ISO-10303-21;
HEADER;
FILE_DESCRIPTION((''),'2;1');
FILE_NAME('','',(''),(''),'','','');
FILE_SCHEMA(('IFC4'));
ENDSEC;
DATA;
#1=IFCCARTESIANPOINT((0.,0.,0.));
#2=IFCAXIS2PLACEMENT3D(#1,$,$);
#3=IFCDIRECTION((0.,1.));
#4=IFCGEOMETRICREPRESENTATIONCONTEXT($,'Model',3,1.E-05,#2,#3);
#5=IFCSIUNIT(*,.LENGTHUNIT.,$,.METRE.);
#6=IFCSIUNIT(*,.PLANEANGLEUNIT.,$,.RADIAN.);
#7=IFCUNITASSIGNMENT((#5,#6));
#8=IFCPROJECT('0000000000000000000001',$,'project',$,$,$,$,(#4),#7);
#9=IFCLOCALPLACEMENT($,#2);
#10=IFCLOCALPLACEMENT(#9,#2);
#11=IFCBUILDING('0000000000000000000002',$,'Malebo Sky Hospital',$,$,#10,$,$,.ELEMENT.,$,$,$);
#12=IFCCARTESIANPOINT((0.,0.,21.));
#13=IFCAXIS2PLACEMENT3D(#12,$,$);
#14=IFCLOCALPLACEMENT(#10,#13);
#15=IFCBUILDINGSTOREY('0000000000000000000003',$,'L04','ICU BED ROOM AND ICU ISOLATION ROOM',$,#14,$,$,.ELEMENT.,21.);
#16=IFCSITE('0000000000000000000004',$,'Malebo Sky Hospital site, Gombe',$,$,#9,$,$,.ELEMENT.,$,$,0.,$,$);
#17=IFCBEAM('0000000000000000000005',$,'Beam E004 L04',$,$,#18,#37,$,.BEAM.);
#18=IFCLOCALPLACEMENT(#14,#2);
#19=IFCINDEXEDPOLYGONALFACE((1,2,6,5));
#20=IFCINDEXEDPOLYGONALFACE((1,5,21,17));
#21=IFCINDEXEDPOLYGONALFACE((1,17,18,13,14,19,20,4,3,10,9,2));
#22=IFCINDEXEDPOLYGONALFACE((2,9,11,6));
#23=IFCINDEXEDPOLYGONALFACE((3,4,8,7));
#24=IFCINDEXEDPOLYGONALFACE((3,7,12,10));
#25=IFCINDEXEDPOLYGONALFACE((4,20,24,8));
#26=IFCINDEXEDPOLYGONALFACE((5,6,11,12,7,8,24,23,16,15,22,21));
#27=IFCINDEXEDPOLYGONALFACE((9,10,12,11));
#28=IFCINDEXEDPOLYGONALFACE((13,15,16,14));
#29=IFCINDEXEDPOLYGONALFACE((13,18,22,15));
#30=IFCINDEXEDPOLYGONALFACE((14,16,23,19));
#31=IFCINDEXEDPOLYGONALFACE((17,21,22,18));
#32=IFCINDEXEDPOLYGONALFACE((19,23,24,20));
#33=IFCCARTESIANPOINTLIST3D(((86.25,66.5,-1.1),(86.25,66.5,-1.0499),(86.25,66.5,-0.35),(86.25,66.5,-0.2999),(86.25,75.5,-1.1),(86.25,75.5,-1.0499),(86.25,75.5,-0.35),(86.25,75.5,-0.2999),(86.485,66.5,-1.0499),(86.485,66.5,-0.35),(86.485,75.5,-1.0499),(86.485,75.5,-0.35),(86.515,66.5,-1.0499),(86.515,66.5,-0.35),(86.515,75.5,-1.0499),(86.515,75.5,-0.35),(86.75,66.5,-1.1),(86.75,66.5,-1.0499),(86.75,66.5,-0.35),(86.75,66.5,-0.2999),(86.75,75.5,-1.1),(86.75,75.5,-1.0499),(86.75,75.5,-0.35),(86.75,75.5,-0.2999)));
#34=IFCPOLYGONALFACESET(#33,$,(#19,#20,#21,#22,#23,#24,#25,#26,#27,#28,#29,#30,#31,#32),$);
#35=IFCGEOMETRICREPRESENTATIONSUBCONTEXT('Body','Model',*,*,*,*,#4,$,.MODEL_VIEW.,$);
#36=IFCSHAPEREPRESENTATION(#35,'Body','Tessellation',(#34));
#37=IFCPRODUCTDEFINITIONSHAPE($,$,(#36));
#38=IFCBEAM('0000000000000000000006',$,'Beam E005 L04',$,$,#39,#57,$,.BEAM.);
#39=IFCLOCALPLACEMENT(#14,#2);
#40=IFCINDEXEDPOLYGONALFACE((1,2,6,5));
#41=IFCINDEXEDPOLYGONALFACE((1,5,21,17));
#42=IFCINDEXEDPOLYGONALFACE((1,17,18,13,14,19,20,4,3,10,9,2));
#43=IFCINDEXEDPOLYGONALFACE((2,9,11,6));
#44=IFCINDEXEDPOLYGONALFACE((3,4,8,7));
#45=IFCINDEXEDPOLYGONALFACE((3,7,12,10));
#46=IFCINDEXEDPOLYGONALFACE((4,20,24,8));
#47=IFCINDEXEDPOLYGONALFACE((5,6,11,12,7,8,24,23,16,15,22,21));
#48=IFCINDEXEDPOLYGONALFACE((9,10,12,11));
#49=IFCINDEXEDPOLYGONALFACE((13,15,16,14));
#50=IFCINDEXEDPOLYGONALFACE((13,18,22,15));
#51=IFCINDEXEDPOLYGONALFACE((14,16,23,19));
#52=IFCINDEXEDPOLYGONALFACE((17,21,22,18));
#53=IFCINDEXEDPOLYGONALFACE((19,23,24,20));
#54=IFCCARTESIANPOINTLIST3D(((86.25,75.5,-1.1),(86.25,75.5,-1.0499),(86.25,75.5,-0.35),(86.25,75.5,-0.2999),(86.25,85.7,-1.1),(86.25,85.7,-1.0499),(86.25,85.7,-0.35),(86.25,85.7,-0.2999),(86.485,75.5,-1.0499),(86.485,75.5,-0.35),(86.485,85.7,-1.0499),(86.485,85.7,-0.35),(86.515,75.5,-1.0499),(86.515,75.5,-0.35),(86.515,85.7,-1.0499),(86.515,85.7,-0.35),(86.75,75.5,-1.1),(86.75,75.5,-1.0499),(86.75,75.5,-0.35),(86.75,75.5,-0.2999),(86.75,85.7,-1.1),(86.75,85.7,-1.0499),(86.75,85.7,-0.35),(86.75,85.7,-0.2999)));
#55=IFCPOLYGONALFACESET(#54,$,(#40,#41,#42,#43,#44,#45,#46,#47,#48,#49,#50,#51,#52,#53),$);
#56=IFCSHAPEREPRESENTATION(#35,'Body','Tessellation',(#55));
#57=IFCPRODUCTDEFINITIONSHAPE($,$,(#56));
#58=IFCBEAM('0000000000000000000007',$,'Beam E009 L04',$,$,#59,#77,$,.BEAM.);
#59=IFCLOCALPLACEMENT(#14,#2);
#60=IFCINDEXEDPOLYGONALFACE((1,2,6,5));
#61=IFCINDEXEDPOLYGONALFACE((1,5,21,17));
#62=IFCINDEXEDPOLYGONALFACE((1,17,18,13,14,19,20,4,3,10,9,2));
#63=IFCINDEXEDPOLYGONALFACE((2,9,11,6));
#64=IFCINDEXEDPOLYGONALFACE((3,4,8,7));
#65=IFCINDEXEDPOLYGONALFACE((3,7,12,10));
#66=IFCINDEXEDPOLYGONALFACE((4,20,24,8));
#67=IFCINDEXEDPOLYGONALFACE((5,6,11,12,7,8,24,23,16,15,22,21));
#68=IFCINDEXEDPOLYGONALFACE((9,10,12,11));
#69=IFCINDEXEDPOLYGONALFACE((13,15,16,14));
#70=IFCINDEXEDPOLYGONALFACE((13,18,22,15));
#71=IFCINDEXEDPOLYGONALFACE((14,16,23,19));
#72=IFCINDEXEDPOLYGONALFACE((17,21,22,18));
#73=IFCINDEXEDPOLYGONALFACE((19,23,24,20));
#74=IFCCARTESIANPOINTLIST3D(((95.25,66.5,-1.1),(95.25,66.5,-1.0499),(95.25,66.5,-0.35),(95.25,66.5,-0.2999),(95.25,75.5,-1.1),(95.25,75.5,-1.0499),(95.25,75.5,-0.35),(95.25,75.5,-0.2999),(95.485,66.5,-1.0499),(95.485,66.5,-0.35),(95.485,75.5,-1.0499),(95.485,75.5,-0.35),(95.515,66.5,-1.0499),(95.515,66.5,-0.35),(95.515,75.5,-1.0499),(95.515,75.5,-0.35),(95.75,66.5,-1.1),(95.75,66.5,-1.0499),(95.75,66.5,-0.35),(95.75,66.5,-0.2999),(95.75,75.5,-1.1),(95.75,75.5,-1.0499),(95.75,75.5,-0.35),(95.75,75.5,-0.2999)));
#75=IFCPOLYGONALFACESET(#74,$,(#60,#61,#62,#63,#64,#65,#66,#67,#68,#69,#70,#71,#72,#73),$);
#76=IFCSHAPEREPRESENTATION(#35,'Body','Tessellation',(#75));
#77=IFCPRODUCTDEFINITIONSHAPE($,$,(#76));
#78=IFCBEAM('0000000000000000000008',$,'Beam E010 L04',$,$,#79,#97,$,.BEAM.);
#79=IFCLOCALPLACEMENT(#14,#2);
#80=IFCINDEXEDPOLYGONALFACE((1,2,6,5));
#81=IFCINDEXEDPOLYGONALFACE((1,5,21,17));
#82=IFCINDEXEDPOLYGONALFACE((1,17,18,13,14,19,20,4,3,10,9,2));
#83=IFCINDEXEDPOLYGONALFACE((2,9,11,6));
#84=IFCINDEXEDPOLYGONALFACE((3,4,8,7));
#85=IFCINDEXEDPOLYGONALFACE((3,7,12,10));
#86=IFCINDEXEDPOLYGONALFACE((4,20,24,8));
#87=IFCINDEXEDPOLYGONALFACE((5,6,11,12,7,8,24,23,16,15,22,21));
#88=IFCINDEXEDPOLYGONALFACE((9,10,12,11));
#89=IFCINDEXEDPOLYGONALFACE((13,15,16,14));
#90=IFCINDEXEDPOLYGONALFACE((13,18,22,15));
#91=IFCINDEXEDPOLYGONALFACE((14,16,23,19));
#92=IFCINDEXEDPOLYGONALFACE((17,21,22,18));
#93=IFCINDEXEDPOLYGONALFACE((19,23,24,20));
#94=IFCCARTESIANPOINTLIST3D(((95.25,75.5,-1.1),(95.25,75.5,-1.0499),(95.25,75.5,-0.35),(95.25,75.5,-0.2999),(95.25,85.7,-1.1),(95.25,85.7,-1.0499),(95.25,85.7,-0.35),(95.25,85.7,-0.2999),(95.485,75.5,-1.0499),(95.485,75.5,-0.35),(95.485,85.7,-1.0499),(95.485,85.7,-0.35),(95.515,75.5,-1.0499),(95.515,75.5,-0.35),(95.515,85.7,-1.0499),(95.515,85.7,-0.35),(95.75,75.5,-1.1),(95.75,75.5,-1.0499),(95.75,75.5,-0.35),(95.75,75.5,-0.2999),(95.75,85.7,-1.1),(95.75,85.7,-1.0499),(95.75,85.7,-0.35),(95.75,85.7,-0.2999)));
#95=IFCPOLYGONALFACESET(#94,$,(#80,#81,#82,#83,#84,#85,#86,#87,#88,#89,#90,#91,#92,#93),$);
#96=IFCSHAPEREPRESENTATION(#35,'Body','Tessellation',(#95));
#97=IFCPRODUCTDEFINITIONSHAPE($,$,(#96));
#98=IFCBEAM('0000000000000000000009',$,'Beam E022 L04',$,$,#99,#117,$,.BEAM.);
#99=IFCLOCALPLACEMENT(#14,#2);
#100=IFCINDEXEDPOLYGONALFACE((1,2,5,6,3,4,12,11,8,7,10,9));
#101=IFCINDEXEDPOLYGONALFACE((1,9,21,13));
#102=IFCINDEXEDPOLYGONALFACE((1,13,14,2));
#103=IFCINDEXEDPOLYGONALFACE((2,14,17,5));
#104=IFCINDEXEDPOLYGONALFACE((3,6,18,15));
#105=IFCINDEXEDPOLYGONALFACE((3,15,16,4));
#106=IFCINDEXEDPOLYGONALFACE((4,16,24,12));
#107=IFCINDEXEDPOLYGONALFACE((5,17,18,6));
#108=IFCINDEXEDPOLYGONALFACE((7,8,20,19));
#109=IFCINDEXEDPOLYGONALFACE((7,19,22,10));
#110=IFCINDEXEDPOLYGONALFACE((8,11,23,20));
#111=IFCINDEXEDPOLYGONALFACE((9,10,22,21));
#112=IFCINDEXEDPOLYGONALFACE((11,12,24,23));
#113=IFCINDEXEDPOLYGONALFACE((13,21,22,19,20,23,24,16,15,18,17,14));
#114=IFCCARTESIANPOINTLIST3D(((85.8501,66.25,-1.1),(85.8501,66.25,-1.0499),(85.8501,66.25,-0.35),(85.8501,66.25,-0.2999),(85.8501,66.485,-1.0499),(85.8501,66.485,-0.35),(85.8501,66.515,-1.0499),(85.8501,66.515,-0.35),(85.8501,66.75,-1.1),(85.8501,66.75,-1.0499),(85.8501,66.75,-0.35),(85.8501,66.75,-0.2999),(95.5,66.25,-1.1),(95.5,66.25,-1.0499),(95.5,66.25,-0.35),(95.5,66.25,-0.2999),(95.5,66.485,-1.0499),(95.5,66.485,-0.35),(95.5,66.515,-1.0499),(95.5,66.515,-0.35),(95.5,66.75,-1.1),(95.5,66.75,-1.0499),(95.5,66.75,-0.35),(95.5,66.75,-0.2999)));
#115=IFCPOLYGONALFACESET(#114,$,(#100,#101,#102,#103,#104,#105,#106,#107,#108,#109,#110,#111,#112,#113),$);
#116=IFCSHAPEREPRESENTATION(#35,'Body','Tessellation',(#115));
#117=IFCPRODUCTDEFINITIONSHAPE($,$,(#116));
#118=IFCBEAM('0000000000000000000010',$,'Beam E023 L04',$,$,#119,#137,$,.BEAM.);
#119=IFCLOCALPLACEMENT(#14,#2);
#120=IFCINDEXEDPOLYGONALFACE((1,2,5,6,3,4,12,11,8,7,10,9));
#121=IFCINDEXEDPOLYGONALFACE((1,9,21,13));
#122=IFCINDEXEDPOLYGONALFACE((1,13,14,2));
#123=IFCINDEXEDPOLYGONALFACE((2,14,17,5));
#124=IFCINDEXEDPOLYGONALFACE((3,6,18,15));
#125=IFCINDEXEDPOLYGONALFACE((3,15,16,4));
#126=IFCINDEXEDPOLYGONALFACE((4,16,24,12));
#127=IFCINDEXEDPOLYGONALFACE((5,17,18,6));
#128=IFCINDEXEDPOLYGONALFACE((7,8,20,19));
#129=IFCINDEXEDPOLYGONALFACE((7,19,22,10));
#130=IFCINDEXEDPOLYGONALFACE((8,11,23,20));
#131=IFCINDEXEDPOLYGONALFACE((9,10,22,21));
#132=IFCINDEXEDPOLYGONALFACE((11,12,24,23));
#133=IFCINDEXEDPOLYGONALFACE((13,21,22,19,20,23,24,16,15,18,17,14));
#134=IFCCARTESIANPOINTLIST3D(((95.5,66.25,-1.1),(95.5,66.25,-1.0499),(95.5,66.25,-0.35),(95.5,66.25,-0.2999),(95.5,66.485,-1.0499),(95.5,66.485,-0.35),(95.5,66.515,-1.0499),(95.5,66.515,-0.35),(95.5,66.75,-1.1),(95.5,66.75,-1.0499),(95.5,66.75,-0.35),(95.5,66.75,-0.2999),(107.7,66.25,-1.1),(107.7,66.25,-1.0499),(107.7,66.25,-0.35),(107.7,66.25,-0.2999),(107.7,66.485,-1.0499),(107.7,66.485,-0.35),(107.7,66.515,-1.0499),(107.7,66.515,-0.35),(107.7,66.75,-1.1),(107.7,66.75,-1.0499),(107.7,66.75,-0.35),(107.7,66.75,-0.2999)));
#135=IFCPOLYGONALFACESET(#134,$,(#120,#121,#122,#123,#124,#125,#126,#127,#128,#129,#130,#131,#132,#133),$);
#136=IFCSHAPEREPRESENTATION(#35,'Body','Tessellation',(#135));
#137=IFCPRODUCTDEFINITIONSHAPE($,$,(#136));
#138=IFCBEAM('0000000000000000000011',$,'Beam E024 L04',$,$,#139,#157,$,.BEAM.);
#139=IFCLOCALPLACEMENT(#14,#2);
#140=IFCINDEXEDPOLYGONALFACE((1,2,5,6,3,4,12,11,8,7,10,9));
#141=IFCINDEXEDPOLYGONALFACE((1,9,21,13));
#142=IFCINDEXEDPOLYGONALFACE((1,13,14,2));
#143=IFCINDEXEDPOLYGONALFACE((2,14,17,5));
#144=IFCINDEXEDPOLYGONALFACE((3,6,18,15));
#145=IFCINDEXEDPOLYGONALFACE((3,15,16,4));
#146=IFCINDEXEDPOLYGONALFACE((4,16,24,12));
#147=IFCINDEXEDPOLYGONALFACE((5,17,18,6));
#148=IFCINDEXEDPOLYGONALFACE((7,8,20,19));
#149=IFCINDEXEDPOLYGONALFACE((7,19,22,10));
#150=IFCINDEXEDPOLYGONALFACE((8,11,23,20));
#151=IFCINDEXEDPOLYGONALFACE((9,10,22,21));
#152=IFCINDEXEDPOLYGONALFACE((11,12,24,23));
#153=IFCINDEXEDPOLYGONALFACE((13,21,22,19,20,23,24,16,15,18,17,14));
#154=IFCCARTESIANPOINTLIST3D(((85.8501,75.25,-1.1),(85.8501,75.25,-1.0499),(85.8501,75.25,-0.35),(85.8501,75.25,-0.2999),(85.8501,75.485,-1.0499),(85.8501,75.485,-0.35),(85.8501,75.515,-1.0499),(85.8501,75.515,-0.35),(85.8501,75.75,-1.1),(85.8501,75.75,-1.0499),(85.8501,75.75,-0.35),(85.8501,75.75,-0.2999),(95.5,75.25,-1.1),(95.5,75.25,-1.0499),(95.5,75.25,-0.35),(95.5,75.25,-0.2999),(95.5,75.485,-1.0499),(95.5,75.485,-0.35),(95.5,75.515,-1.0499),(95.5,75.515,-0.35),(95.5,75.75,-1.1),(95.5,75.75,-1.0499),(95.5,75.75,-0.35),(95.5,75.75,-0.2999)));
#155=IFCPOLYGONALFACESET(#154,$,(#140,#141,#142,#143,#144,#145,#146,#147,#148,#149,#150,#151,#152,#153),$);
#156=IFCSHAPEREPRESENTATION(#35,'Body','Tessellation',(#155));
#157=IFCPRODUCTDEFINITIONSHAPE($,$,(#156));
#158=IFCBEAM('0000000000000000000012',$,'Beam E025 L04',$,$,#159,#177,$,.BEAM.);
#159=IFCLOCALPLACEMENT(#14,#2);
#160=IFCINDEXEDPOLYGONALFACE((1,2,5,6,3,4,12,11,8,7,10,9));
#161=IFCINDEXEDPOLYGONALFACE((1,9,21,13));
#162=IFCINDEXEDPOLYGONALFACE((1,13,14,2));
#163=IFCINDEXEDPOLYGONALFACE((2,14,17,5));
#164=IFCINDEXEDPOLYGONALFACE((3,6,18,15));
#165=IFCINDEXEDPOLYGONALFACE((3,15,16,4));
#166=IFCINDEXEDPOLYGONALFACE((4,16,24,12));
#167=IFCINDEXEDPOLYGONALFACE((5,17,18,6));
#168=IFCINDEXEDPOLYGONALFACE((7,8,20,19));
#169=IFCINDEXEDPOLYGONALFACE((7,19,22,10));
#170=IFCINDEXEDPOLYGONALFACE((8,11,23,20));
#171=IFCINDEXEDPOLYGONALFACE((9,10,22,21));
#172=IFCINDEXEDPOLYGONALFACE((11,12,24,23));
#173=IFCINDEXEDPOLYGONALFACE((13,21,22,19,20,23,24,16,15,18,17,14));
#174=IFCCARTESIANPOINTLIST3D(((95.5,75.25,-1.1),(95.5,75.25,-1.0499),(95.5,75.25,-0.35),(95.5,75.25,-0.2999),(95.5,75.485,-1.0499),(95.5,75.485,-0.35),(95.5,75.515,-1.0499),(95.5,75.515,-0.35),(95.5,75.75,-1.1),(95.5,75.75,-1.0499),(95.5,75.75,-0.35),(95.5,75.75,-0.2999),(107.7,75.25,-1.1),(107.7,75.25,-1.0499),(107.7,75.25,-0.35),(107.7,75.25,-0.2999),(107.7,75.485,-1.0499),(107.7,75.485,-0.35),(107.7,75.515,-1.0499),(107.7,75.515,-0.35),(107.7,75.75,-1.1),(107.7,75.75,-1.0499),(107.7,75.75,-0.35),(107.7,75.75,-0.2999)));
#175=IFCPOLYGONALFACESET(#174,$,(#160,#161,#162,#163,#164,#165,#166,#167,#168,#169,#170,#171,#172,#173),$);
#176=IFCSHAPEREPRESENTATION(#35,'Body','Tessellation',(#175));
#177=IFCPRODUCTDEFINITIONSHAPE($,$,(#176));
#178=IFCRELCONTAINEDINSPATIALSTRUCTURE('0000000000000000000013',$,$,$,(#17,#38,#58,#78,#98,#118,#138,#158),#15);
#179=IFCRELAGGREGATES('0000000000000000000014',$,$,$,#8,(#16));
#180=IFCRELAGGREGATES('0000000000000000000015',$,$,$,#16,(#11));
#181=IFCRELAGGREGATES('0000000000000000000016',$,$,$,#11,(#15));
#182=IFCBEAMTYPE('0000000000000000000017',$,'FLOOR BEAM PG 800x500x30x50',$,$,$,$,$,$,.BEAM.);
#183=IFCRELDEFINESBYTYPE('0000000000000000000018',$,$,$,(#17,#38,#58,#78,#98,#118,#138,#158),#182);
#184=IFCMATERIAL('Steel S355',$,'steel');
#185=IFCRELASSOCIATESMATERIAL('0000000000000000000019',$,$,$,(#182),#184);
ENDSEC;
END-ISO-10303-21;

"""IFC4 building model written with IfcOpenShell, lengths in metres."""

from ifc_helpers import new_model, si_unit, direction, frame, origin, origin_2d, place, context, subcontext, project, spatial, i_section, extrude, material, material_profile, profile_set, type_object, element, save


model = new_model("IFC4")

# Units and contexts
model_context = context("Model", 3, precision=1e-05, world=origin(), true_north=direction((0.0, 1.0)))
body_context = subcontext(model_context, "Body", "Model", "MODEL_VIEW")
ifc_project = project(units=[si_unit("LENGTHUNIT", "METRE"), si_unit("PLANEANGLEUNIT", "RADIAN")], contexts=[model_context])

# Site, building, storey
site_placement = place(None, origin())
site = spatial("IfcSite", under=ifc_project, at=site_placement, Name="Malebo Sky Hospital site, Gombe", CompositionType="ELEMENT", RefElevation=0.0)
building_placement = place(site_placement, origin())
building = spatial("IfcBuilding", under=site, at=building_placement, Name="Malebo Sky Hospital", CompositionType="ELEMENT")
storey_placement = place(building_placement, frame((0.0, 0.0, 21.0)))
storey = spatial("IfcBuildingStorey", under=building, at=storey_placement, Name="L04", Description="ICU BED ROOM AND ICU ISOLATION ROOM", CompositionType="ELEMENT", Elevation=21.0)

# Shared definitions
ifc_material_1 = material(Name="Steel S355", Category="steel")

# Beams
ifc_material_profile_1 = material_profile(ifc_material_1, i_section(OverallWidth=0.5, OverallDepth=0.8, WebThickness=0.03, FlangeThickness=0.05, at=origin_2d()), Name="PG 800x500x30x50")
ifc_profile_set_1 = profile_set([ifc_material_profile_1], Name="Steel S355")
beam_type = type_object("IfcBeamType", Name="FLOOR BEAM PG 800x500x30x50", PredefinedType="BEAM", material=ifc_profile_set_1)
beam_1_placement = place(storey_placement, frame((86.5, 66.5, -0.7), z_axis=(0.0, 1.0, 0.0), x_axis=(-1.0, 0.0, 0.0)))
element("IfcBeam", 1, at=beam_1_placement, inside=storey, type_object=beam_type, Name="Beam E004 L04", PredefinedType="BEAM", context=body_context, shape_type="SweptSolid", body=[
    extrude(i_section(OverallWidth=0.5, OverallDepth=0.8, WebThickness=0.03, FlangeThickness=0.05, at=origin_2d()), origin(), (0.0, 0.0, 1.0), 9.0),
])
beam_2_placement = place(storey_placement, frame((86.5, 75.5, -0.7), z_axis=(0.0, 1.0, 0.0), x_axis=(-1.0, 0.0, 0.0)))
element("IfcBeam", 2, at=beam_2_placement, inside=storey, type_object=beam_type, Name="Beam E005 L04", PredefinedType="BEAM", context=body_context, shape_type="SweptSolid", body=[
    extrude(i_section(OverallWidth=0.5, OverallDepth=0.8, WebThickness=0.03, FlangeThickness=0.05, at=origin_2d()), origin(), (0.0, 0.0, 1.0), 10.2),
])
beam_3_placement = place(storey_placement, frame((95.5, 66.5, -0.7), z_axis=(0.0, 1.0, 0.0), x_axis=(-1.0, 0.0, 0.0)))
element("IfcBeam", 3, at=beam_3_placement, inside=storey, type_object=beam_type, Name="Beam E009 L04", PredefinedType="BEAM", context=body_context, shape_type="SweptSolid", body=[
    extrude(i_section(OverallWidth=0.5, OverallDepth=0.8, WebThickness=0.03, FlangeThickness=0.05, at=origin_2d()), origin(), (0.0, 0.0, 1.0), 9.0),
])
beam_4_placement = place(storey_placement, frame((95.5, 75.5, -0.7), z_axis=(0.0, 1.0, 0.0), x_axis=(-1.0, 0.0, 0.0)))
element("IfcBeam", 4, at=beam_4_placement, inside=storey, type_object=beam_type, Name="Beam E010 L04", PredefinedType="BEAM", context=body_context, shape_type="SweptSolid", body=[
    extrude(i_section(OverallWidth=0.5, OverallDepth=0.8, WebThickness=0.03, FlangeThickness=0.05, at=origin_2d()), origin(), (0.0, 0.0, 1.0), 10.2),
])
beam_5_placement = place(storey_placement, frame((85.8501, 66.5, -0.7), z_axis=(1.0, 0.0, 0.0), x_axis=(0.0, 1.0, 0.0)))
element("IfcBeam", 5, at=beam_5_placement, inside=storey, type_object=beam_type, Name="Beam E022 L04", PredefinedType="BEAM", context=body_context, shape_type="SweptSolid", body=[
    extrude(i_section(OverallWidth=0.5, OverallDepth=0.8, WebThickness=0.03, FlangeThickness=0.05, at=origin_2d()), origin(), (0.0, 0.0, 1.0), 9.6499),
])
beam_6_placement = place(storey_placement, frame((95.5, 66.5, -0.7), z_axis=(1.0, 0.0, 0.0), x_axis=(0.0, 1.0, 0.0)))
element("IfcBeam", 6, at=beam_6_placement, inside=storey, type_object=beam_type, Name="Beam E023 L04", PredefinedType="BEAM", context=body_context, shape_type="SweptSolid", body=[
    extrude(i_section(OverallWidth=0.5, OverallDepth=0.8, WebThickness=0.03, FlangeThickness=0.05, at=origin_2d()), origin(), (0.0, 0.0, 1.0), 12.2),
])
beam_7_placement = place(storey_placement, frame((85.8501, 75.5, -0.7), z_axis=(1.0, 0.0, 0.0), x_axis=(0.0, 1.0, 0.0)))
element("IfcBeam", 7, at=beam_7_placement, inside=storey, type_object=beam_type, Name="Beam E024 L04", PredefinedType="BEAM", context=body_context, shape_type="SweptSolid", body=[
    extrude(i_section(OverallWidth=0.5, OverallDepth=0.8, WebThickness=0.03, FlangeThickness=0.05, at=origin_2d()), origin(), (0.0, 0.0, 1.0), 9.6499),
])
beam_8_placement = place(storey_placement, frame((95.5, 75.5, -0.7), z_axis=(1.0, 0.0, 0.0), x_axis=(0.0, 1.0, 0.0)))
element("IfcBeam", 8, at=beam_8_placement, inside=storey, type_object=beam_type, Name="Beam E025 L04", PredefinedType="BEAM", context=body_context, shape_type="SweptSolid", body=[
    extrude(i_section(OverallWidth=0.5, OverallDepth=0.8, WebThickness=0.03, FlangeThickness=0.05, at=origin_2d()), origin(), (0.0, 0.0, 1.0), 12.2),
])

save(model, "model.ifc")
